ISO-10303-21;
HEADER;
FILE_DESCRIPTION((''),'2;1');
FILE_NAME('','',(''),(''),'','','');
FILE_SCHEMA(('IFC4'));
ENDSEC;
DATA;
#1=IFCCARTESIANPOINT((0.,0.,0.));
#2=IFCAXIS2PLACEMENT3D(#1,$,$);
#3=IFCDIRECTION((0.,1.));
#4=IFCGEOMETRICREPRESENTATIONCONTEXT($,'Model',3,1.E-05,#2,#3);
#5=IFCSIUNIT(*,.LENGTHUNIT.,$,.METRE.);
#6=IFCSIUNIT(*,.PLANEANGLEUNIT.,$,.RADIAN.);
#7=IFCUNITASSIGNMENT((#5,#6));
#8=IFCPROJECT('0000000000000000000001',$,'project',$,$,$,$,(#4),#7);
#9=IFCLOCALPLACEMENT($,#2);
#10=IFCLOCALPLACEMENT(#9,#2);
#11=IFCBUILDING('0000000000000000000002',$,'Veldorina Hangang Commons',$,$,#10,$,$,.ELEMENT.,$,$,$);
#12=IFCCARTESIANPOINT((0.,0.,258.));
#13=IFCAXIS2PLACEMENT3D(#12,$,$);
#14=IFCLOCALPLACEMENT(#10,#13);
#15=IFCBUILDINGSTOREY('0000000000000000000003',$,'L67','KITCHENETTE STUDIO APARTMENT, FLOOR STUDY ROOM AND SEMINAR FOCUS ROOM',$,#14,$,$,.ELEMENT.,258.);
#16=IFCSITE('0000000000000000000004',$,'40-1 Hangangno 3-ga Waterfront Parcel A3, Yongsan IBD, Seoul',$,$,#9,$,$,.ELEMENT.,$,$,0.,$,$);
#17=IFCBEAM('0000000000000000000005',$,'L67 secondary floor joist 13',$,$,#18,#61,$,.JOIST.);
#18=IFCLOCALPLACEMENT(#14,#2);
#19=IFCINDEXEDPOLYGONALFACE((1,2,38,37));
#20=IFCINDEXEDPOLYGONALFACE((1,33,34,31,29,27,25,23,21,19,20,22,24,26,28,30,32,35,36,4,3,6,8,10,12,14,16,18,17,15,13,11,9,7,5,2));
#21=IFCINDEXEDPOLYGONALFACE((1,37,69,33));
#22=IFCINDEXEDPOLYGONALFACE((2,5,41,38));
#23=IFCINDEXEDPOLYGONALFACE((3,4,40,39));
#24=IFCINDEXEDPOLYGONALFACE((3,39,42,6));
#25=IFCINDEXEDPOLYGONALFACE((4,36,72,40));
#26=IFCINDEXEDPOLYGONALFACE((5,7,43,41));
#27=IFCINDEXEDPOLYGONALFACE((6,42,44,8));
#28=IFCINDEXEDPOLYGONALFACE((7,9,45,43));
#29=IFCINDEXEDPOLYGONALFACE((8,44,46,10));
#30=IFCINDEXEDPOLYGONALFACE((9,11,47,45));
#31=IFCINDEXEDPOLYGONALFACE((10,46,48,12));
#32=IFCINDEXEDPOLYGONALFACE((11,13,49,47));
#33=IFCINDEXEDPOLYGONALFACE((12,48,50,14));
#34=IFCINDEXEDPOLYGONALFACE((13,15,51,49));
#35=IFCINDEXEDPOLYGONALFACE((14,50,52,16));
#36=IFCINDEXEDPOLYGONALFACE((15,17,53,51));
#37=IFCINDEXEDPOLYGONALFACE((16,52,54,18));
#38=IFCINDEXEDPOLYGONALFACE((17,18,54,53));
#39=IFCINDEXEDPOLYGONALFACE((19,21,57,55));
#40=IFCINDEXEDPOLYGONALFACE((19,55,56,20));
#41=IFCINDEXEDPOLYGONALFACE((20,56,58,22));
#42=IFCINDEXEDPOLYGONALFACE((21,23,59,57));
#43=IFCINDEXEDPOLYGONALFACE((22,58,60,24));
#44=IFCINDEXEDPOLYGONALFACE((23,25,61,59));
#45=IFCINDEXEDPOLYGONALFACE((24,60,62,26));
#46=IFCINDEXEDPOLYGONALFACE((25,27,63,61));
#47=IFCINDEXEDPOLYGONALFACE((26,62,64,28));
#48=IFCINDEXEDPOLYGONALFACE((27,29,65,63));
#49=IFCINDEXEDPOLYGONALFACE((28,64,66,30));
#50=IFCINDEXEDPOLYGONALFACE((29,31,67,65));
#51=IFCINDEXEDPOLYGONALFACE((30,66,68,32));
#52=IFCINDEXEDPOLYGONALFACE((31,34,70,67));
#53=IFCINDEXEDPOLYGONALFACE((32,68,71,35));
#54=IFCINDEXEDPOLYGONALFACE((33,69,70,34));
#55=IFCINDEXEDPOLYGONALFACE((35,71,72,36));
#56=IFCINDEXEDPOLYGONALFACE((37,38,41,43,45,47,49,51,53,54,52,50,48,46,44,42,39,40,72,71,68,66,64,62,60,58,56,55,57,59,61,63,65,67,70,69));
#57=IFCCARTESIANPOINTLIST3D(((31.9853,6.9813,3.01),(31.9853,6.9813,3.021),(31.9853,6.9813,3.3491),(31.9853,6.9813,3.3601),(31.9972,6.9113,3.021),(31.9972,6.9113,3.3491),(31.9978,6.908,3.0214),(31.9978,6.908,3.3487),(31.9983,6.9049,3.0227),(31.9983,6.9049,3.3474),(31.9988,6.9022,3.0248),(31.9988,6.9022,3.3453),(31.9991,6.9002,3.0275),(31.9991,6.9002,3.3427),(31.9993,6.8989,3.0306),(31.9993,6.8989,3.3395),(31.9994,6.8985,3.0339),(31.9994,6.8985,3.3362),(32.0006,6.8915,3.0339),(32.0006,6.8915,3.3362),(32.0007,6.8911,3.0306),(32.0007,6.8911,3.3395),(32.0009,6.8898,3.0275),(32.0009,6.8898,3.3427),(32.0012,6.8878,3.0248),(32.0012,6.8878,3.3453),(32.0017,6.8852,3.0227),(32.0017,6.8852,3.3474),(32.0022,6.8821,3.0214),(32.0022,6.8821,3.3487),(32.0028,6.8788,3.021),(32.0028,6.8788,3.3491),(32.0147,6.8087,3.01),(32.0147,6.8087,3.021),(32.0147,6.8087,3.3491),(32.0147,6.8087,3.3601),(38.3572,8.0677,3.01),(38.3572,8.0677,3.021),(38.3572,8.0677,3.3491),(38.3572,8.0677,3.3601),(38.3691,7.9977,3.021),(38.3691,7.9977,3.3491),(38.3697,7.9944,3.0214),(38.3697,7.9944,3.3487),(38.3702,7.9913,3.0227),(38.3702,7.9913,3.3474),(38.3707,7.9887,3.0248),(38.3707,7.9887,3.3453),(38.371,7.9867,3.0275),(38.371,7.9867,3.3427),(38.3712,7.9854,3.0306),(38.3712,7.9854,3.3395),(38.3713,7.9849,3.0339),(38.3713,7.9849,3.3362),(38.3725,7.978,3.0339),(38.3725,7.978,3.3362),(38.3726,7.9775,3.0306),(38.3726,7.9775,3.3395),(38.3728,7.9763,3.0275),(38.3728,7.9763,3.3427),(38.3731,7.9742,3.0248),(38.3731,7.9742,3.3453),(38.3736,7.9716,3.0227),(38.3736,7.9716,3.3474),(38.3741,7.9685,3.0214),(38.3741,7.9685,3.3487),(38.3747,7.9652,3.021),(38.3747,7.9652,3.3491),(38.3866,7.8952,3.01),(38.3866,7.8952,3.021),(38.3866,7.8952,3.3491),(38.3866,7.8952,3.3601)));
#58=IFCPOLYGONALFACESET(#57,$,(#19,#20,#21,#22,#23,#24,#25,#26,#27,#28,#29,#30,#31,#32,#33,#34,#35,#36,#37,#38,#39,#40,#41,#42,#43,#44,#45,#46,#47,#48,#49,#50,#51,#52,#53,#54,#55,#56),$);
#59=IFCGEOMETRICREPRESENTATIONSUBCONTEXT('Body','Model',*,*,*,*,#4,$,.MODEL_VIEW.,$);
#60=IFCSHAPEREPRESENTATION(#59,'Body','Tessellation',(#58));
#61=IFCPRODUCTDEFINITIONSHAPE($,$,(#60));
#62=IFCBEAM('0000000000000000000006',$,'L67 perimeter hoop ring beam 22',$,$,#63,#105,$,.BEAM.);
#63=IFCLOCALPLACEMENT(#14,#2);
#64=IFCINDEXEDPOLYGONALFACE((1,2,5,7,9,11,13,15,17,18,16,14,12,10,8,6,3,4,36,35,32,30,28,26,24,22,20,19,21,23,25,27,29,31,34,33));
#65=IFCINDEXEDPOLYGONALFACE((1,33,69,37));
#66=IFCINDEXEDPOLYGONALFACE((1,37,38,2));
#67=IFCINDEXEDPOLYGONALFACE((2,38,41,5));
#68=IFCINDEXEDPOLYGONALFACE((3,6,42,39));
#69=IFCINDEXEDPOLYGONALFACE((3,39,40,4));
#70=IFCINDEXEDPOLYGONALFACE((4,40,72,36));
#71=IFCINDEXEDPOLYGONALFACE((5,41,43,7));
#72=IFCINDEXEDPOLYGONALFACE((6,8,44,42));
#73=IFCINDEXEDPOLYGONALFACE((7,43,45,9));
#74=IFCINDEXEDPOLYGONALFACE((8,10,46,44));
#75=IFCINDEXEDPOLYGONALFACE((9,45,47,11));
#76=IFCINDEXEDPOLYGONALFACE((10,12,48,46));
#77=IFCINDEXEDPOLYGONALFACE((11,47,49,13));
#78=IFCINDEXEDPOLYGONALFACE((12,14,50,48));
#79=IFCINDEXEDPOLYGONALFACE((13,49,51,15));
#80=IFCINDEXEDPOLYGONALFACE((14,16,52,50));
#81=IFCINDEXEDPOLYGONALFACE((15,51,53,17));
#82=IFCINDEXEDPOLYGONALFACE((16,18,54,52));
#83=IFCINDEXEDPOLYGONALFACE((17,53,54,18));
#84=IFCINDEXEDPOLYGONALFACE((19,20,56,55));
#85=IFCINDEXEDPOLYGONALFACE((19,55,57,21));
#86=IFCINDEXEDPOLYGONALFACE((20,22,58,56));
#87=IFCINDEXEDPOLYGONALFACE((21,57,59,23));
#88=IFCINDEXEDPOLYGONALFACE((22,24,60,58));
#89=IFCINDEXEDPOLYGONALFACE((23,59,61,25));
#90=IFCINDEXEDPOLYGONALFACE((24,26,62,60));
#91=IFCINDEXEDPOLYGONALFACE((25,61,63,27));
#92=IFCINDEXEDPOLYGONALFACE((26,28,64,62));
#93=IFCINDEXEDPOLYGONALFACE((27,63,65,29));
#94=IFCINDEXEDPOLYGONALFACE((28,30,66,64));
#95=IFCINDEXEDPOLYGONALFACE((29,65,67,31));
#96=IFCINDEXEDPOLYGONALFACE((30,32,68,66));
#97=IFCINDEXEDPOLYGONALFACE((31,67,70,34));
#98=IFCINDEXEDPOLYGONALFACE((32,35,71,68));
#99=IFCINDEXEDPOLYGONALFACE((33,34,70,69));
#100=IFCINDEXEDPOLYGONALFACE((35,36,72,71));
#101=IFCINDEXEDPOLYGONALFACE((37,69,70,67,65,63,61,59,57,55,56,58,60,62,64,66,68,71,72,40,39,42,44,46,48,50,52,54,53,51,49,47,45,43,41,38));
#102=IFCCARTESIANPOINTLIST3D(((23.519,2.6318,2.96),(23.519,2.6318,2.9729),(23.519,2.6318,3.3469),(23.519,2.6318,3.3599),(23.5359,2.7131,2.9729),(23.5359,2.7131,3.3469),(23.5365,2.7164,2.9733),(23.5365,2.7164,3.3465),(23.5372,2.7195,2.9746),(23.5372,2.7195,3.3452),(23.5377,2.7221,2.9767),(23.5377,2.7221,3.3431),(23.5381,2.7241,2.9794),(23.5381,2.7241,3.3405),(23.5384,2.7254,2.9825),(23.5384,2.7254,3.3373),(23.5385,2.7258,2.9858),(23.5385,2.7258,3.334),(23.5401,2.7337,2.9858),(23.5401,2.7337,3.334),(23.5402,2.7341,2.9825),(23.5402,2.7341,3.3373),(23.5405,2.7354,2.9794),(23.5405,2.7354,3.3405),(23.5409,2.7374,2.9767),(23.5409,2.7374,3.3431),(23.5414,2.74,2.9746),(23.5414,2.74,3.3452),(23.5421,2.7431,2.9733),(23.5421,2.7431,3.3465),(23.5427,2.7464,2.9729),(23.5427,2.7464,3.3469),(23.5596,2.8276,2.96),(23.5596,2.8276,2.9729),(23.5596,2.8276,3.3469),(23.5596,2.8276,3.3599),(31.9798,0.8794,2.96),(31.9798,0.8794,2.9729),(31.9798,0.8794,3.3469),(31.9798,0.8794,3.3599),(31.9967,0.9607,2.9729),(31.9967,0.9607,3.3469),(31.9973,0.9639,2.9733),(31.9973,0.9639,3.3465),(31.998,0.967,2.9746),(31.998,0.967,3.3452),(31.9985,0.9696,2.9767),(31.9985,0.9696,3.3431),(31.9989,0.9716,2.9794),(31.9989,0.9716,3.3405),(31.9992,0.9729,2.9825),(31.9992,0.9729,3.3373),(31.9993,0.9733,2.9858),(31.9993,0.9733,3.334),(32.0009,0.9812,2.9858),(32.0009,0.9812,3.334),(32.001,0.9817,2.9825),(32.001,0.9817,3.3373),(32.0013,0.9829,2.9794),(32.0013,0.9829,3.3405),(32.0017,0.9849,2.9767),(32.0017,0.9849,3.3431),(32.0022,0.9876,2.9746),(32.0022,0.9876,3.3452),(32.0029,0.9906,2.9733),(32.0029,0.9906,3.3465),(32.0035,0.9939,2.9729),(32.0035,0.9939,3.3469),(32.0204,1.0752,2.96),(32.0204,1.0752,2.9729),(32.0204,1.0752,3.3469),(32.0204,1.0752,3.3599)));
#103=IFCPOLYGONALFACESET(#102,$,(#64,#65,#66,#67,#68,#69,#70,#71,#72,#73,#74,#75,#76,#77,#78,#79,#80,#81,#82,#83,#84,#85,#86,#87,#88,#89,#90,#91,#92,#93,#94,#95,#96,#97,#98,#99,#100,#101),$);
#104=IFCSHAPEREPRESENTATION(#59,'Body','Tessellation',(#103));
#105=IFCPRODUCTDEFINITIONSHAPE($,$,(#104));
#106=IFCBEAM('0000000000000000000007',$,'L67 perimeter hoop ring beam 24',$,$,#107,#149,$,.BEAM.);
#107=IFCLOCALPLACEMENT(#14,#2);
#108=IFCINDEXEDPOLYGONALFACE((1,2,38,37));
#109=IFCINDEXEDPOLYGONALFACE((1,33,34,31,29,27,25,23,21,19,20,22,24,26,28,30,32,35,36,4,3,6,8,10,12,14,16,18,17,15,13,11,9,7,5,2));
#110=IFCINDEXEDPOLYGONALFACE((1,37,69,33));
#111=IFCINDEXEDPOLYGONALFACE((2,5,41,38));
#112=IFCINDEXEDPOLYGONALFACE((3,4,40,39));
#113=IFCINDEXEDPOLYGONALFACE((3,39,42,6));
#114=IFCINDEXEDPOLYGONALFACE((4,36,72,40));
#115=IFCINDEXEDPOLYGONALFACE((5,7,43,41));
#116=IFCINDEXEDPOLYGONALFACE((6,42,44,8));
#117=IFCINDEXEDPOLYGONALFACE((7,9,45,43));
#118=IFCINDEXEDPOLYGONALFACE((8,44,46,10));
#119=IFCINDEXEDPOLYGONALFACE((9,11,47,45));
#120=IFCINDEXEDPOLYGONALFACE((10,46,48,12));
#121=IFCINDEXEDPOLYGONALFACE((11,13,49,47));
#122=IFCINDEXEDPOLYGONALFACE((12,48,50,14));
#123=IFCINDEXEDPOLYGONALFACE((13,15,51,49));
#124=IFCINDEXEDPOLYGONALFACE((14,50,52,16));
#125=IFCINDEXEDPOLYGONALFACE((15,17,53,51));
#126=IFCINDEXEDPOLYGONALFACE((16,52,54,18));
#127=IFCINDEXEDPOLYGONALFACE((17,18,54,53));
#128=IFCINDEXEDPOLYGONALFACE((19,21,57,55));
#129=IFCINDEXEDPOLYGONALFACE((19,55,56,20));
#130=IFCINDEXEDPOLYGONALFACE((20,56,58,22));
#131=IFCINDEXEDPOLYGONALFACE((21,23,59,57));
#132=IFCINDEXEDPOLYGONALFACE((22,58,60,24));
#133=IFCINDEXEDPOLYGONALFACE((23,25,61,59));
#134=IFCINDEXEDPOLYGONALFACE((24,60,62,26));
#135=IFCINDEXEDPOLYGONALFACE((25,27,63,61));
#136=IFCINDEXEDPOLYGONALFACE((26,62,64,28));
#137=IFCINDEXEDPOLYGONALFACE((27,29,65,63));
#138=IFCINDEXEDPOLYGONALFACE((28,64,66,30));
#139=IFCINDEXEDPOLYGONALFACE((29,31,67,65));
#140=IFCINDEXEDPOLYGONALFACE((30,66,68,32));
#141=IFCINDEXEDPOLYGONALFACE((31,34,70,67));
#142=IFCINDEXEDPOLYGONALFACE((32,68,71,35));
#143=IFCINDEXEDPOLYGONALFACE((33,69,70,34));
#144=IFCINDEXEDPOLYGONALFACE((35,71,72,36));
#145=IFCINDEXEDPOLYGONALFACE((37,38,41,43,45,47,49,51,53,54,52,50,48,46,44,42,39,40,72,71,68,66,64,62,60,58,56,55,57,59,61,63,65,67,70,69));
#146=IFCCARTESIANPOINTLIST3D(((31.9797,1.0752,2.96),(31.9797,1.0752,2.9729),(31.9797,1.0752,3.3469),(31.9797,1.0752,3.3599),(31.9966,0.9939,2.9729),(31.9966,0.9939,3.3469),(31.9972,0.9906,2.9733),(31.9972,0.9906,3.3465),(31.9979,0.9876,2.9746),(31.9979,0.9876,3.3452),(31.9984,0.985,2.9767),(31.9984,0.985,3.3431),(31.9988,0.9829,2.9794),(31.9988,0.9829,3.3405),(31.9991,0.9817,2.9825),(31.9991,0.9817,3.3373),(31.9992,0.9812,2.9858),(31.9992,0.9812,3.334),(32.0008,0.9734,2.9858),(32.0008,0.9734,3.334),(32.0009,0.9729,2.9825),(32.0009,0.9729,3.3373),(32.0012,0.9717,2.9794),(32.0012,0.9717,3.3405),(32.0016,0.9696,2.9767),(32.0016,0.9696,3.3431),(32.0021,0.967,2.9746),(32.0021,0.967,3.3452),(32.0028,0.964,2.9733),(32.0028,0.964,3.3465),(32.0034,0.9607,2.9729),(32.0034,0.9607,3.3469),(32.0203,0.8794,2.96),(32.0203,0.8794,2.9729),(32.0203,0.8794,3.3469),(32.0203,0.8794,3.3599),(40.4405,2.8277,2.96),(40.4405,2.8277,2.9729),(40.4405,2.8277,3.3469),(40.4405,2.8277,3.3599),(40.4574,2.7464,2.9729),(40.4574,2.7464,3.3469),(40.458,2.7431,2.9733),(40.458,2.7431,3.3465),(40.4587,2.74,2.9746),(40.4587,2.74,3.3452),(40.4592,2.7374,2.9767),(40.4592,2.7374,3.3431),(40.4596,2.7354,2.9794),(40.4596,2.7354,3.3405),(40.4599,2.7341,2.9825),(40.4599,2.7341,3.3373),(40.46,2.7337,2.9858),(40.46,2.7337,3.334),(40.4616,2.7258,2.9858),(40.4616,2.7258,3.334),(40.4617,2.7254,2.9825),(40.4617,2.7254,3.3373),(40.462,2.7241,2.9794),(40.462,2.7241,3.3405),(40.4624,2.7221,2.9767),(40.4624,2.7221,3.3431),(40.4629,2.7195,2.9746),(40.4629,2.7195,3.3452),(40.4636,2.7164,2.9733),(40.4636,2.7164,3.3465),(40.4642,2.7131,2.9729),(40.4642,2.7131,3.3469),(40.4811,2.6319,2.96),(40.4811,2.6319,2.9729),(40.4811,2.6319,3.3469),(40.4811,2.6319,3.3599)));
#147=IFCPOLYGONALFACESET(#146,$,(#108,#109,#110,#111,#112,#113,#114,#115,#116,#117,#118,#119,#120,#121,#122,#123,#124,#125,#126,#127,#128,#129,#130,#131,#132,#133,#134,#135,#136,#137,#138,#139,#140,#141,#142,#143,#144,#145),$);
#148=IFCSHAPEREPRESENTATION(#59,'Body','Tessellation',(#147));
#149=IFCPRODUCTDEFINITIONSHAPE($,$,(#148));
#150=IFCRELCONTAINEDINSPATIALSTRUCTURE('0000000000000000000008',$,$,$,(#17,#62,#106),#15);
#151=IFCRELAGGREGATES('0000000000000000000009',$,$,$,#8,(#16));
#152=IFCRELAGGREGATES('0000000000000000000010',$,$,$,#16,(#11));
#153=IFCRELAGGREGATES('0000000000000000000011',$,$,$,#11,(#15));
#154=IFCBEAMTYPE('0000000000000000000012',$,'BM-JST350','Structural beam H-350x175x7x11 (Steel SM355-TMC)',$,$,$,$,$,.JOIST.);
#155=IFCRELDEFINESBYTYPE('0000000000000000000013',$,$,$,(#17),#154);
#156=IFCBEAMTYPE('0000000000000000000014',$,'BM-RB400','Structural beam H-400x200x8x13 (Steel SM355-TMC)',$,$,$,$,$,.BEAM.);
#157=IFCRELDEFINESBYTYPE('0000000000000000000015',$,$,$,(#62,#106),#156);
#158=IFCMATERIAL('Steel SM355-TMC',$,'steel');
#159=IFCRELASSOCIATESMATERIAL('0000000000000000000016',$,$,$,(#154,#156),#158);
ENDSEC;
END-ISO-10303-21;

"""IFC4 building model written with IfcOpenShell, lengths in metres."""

from ifc_helpers import new_model, si_unit, direction, frame, origin, origin_2d, place, context, subcontext, project, spatial, i_section, extrude, material, material_profile, profile_set, type_object, element, save


model = new_model("IFC4")

# Units and contexts
model_context = context("Model", 3, precision=1e-05, world=origin(), true_north=direction((0.0, 1.0)))
body_context = subcontext(model_context, "Body", "Model", "MODEL_VIEW")
ifc_project = project(units=[si_unit("LENGTHUNIT", "METRE"), si_unit("PLANEANGLEUNIT", "RADIAN")], contexts=[model_context])

# Site, building, storey
site_placement = place(None, origin())
site = spatial("IfcSite", under=ifc_project, at=site_placement, Name="40-1 Hangangno 3-ga Waterfront Parcel A3, Yongsan IBD, Seoul", CompositionType="ELEMENT", RefElevation=0.0)
building_placement = place(site_placement, origin())
building = spatial("IfcBuilding", under=site, at=building_placement, Name="Veldorina Hangang Commons", CompositionType="ELEMENT")
storey_placement = place(building_placement, frame((0.0, 0.0, 258.0)))
storey = spatial("IfcBuildingStorey", under=building, at=storey_placement, Name="L67", Description="KITCHENETTE STUDIO APARTMENT, FLOOR STUDY ROOM AND SEMINAR FOCUS ROOM", CompositionType="ELEMENT", Elevation=258.0)

# Beams
ifc_material_1 = material(Name="Steel SM355-TMC", Category="steel")
ifc_material_profile_1 = material_profile(ifc_material_1, i_section(OverallWidth=0.175, OverallDepth=0.3501, WebThickness=0.0071, FlangeThickness=0.011, FilletRadius=0.0129, at=origin_2d()), Name="H-350x175x7x11")
ifc_profile_set_1 = profile_set([ifc_material_profile_1], Name="Steel SM355-TMC")
beam_type_1 = type_object("IfcBeamType", Name="BM-JST350", Description="Structural beam H-350x175x7x11 (Steel SM355-TMC)", PredefinedType="JOIST", material=ifc_profile_set_1)
beam_placement = place(storey_placement, frame((32.0, 6.895, 3.1851), z_axis=(0.985774, 0.168079, 0.0), x_axis=(-0.168079, 0.985774, 0.0)))
element("IfcBeam", 1, at=beam_placement, inside=storey, type_object=beam_type_1, Name="L67 secondary floor joist 13", PredefinedType="JOIST", context=body_context, shape_type="SweptSolid", body=[
    extrude(i_section(OverallWidth=0.175, OverallDepth=0.3501, WebThickness=0.0071, FlangeThickness=0.011, FilletRadius=0.0129, at=origin_2d()), origin(), (0.0, 0.0, 1.0), 6.4639),
])
ifc_material_profile_2 = material_profile(ifc_material_1, i_section(OverallWidth=0.2, OverallDepth=0.3999, WebThickness=0.0081, FlangeThickness=0.0129, FilletRadius=0.0129, at=origin_2d()), Name="H-400x200x8x13")
ifc_profile_set_2 = profile_set([ifc_material_profile_2], Name="Steel SM355-TMC")
beam_type_2 = type_object("IfcBeamType", Name="BM-RB400", Description="Structural beam H-400x200x8x13 (Steel SM355-TMC)", PredefinedType="BEAM", material=ifc_profile_set_2)
for number, where, z_axis, x_axis, name in (
    (2, (23.5393, 2.7297, 3.1599), (0.979216, -0.202822, 0.0), (0.202822, 0.979216, 0.0), "L67 perimeter hoop ring beam 22"),
    (3, (32.0, 0.9773, 3.1599), (0.979216, 0.202822, 0.0), (-0.202822, 0.979216, 0.0), "L67 perimeter hoop ring beam 24"),
):
    element("IfcBeam", number, at=place(storey_placement, frame(where, z_axis=z_axis, x_axis=x_axis)), inside=storey, type_object=beam_type_2, Name=name, PredefinedType="BEAM", context=body_context, shape_type="SweptSolid", body=[
        extrude(i_section(OverallWidth=0.2, OverallDepth=0.3999, WebThickness=0.0081, FlangeThickness=0.0129, FilletRadius=0.0129, at=origin_2d()), origin(), (0.0, 0.0, 1.0), 8.6404),
    ])

save(model, "model.ifc")
